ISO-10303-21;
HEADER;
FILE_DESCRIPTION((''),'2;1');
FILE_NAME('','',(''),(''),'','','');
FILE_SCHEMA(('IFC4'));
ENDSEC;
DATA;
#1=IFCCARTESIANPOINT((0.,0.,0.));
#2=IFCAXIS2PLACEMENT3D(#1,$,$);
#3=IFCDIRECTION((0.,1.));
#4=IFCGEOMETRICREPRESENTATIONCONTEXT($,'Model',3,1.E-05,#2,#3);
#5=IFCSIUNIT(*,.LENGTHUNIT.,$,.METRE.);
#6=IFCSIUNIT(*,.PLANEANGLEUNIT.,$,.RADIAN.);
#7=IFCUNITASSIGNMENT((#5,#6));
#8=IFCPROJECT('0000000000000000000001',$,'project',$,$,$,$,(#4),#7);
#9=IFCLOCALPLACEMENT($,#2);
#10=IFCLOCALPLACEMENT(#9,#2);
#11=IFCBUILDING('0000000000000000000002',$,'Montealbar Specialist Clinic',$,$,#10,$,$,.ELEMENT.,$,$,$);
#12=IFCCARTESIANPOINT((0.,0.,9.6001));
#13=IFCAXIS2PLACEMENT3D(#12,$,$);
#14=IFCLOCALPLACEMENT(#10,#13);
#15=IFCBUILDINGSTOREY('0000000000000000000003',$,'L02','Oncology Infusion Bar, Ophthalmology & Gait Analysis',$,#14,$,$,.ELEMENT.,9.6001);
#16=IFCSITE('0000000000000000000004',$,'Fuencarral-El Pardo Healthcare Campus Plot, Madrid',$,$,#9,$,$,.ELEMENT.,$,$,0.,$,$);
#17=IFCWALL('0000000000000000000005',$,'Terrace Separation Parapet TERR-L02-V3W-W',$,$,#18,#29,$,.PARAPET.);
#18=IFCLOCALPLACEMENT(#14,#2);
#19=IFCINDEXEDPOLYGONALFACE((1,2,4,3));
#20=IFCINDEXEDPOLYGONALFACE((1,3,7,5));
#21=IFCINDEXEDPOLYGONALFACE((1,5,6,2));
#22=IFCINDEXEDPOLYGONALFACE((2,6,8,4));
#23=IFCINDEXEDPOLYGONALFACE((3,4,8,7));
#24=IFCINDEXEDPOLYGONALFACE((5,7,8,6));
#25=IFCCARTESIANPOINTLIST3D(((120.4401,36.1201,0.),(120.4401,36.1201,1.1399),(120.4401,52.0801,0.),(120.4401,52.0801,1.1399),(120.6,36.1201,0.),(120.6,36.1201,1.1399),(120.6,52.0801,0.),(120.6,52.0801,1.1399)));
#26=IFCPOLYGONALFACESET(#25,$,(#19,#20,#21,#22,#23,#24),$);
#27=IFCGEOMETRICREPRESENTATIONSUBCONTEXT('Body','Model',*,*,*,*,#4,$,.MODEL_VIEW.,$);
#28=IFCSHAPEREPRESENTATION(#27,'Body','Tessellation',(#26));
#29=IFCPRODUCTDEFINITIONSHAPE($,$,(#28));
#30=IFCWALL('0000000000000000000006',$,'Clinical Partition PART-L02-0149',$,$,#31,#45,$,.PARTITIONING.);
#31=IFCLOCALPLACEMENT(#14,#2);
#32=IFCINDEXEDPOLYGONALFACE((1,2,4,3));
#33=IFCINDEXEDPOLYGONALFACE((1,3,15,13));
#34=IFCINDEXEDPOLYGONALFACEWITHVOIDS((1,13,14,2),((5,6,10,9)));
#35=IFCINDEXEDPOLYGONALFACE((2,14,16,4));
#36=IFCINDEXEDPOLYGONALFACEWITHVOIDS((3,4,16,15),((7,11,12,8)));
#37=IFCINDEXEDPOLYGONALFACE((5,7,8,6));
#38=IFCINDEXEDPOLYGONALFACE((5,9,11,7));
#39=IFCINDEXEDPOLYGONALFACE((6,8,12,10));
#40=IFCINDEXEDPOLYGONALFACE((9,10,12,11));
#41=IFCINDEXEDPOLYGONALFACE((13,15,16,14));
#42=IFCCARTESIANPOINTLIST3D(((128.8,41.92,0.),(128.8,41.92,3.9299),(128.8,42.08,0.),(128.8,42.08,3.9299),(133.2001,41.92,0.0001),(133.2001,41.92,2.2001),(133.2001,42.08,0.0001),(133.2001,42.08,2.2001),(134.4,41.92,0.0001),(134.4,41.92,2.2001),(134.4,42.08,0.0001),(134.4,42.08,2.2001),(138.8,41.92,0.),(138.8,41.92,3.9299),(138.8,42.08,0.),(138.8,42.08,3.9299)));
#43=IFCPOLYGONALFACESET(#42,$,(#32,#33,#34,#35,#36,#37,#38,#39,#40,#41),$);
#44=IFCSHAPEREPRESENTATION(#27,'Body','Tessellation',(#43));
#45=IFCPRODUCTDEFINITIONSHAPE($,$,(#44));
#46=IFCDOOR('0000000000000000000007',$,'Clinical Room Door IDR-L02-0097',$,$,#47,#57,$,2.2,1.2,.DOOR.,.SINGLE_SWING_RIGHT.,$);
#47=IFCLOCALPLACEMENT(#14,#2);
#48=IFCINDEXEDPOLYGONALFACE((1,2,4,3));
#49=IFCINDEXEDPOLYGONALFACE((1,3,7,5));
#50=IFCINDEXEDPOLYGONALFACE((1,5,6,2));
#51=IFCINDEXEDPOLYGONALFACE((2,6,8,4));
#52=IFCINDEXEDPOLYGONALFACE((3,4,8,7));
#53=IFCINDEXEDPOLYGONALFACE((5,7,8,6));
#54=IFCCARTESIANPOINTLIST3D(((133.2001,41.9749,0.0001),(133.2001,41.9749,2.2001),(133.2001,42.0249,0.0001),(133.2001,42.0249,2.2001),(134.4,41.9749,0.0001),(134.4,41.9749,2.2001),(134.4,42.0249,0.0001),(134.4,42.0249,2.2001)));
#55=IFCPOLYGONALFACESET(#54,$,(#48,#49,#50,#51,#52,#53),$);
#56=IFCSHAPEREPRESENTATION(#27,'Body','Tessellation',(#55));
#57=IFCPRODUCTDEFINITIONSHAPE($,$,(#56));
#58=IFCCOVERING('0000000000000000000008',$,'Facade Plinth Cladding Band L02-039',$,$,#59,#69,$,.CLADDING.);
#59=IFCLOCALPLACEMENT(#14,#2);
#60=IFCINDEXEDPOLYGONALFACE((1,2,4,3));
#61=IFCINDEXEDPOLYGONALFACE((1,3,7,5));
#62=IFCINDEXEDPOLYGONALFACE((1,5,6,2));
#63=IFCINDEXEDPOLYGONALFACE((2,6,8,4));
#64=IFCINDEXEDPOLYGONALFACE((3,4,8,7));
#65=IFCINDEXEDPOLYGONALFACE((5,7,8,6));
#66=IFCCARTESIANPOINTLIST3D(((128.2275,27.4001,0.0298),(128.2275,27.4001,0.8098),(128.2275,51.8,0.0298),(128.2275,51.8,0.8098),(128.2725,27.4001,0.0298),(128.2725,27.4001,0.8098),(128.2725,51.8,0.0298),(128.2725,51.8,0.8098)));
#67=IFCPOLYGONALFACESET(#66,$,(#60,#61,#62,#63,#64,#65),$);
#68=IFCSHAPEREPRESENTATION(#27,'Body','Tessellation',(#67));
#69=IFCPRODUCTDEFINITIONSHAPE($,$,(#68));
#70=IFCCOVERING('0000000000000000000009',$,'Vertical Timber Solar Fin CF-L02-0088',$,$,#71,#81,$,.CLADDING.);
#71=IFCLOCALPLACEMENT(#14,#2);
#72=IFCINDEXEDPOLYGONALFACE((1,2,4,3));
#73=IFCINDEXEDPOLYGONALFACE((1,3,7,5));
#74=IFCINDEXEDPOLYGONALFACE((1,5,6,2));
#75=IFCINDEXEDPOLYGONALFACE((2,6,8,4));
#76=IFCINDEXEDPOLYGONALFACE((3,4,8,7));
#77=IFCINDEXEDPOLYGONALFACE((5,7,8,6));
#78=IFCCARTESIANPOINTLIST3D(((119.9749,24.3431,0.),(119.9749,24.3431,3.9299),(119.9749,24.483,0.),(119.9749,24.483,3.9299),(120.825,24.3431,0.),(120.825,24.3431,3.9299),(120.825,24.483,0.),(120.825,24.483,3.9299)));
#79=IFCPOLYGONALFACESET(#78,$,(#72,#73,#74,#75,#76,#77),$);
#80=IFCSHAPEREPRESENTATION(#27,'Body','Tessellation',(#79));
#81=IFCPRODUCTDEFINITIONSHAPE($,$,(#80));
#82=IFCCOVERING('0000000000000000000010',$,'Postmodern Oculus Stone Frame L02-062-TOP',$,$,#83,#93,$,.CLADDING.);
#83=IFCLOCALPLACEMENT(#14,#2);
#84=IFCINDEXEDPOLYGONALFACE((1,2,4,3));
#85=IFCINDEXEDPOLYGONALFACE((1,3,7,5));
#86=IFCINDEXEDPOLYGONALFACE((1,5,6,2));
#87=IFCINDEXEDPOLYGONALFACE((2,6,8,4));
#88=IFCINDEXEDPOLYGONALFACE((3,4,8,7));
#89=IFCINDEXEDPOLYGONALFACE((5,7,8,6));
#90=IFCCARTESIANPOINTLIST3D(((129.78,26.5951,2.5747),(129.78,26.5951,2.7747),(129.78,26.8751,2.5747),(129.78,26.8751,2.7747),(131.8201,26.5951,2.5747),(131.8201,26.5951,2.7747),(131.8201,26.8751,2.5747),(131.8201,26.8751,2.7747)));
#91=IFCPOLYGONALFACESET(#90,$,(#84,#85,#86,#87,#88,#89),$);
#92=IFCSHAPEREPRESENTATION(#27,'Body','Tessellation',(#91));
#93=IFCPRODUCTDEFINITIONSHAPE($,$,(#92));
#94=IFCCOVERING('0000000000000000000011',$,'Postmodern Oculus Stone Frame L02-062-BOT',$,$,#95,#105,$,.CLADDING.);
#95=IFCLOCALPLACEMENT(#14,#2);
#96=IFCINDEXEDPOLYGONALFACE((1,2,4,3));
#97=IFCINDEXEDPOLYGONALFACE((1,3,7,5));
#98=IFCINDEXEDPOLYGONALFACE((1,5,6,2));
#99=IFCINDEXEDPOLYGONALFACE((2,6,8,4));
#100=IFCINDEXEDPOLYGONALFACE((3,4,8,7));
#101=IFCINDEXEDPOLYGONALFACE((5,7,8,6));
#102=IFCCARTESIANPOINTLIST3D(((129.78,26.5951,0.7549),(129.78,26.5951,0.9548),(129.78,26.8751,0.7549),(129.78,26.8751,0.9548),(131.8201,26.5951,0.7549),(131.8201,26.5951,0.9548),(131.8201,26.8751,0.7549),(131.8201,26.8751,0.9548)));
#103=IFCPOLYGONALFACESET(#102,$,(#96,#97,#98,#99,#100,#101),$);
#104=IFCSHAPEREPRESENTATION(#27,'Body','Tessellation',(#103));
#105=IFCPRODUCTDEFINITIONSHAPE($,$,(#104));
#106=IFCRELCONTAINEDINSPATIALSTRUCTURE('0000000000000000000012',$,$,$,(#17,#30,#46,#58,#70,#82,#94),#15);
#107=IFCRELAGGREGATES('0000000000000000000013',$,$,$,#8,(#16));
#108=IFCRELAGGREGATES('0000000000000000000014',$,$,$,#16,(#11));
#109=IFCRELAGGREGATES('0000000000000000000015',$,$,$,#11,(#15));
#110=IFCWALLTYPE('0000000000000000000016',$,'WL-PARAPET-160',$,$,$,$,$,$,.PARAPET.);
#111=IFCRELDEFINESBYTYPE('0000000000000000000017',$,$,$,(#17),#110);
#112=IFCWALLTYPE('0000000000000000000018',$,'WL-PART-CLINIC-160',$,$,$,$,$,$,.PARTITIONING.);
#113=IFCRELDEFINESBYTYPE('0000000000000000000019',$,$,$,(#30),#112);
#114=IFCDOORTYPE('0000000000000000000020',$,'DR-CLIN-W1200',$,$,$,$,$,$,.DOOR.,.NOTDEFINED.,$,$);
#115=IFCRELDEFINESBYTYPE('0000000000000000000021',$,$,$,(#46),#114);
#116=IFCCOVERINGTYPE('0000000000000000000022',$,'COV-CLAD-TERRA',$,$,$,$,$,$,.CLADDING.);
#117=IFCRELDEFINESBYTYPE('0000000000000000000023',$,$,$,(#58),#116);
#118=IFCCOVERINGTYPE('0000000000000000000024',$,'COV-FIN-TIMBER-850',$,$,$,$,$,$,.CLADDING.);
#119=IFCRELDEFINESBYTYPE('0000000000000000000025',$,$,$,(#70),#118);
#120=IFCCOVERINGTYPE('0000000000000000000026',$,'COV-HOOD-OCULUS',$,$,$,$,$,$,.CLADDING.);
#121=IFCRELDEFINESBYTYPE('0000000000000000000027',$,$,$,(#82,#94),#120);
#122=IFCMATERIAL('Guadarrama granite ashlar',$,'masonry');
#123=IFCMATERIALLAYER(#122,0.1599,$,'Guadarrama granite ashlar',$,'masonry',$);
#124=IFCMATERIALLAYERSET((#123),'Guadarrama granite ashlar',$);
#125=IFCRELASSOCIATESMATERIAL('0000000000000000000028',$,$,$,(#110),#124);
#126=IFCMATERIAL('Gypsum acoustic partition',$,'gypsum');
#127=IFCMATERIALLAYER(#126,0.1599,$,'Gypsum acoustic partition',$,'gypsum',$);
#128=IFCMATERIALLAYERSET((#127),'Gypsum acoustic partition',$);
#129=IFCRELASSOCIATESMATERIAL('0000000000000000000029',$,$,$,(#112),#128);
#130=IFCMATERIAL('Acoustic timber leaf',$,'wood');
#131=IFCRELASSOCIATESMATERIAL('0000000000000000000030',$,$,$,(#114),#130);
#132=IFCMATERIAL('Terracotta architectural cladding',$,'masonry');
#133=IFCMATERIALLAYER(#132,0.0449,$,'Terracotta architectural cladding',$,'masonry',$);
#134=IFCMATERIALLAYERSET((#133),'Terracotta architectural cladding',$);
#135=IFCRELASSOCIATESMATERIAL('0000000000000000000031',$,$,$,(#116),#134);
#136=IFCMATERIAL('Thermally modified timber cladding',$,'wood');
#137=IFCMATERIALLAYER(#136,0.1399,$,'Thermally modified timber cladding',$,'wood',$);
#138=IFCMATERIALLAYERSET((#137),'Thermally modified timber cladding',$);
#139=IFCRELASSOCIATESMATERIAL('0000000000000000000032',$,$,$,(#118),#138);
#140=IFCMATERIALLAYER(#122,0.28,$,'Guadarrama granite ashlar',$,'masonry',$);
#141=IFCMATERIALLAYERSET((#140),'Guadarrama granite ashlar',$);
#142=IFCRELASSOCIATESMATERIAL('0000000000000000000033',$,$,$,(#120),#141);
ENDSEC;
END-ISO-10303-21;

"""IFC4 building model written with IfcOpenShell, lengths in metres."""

from ifc_helpers import new_model, si_unit, direction, frame, frame_2d, origin, origin_2d, place, context, subcontext, project, spatial, rectangle, extrude, material, layer, layer_set, type_object, element, fill, save


model = new_model("IFC4")

# Units and contexts
model_context = context("Model", 3, precision=1e-05, world=origin(), true_north=direction((0.0, 1.0)))
body_context = subcontext(model_context, "Body", "Model", "MODEL_VIEW")
ifc_project = project(units=[si_unit("LENGTHUNIT", "METRE"), si_unit("PLANEANGLEUNIT", "RADIAN")], contexts=[model_context])

# Site, building, storey
site_placement = place(None, origin())
site = spatial("IfcSite", under=ifc_project, at=site_placement, Name="Fuencarral-El Pardo Healthcare Campus Plot, Madrid", CompositionType="ELEMENT", RefElevation=0.0)
building_placement = place(site_placement, origin())
building = spatial("IfcBuilding", under=site, at=building_placement, Name="Montealbar Specialist Clinic", CompositionType="ELEMENT")
storey_placement = place(building_placement, frame((0.0, 0.0, 9.6001)))
storey = spatial("IfcBuildingStorey", under=building, at=storey_placement, Name="L02", Description="Oncology Infusion Bar, Ophthalmology & Gait Analysis", CompositionType="ELEMENT", Elevation=9.6001)

# Shared definitions
ifc_material_1 = material(Name="Terracotta architectural cladding", Category="masonry")

# Wall
ifc_material_2 = material(Name="Guadarrama granite ashlar", Category="masonry")
ifc_layer_1 = layer(ifc_material_2, 0.1599, Name="Guadarrama granite ashlar", Category="masonry")
ifc_layer_set_1 = layer_set([ifc_layer_1], Name="Guadarrama granite ashlar")
wall_type_1 = type_object("IfcWallType", Name="WL-PARAPET-160", PredefinedType="PARAPET", material=ifc_layer_set_1)
wall_1_placement = place(storey_placement, frame((120.52, 36.1201, 0.0), z_axis=(0.0, 0.0, 1.0), x_axis=(0.0, 1.0, 0.0)))
element("IfcWall", 1, at=wall_1_placement, inside=storey, type_object=wall_type_1, Name="Terrace Separation Parapet TERR-L02-V3W-W", PredefinedType="PARAPET", context=body_context, shape_type="SweptSolid", body=[
    extrude(rectangle(XDim=15.96, YDim=0.1599, at=frame_2d((7.98, 0.0))), origin(), (0.0, 0.0, 1.0), 1.1399),
])

# Wall, opening, door
ifc_material_3 = material(Name="Gypsum acoustic partition", Category="gypsum")
ifc_layer_2 = layer(ifc_material_3, 0.1599, Name="Gypsum acoustic partition", Category="gypsum")
ifc_layer_set_2 = layer_set([ifc_layer_2], Name="Gypsum acoustic partition")
wall_type_2 = type_object("IfcWallType", Name="WL-PART-CLINIC-160", PredefinedType="PARTITIONING", material=ifc_layer_set_2)
wall_2_placement = place(storey_placement, frame((128.8, 42.0, 0.0), z_axis=(0.0, 0.0, 1.0), x_axis=(1.0, 0.0, 0.0)))
wall_2 = element("IfcWall", 2, at=wall_2_placement, inside=storey, type_object=wall_type_2, Name="Clinical Partition PART-L02-0149", PredefinedType="PARTITIONING", context=body_context, shape_type="SweptSolid", body=[
    extrude(rectangle(XDim=10.0, YDim=0.1599, at=frame_2d((5.0, 0.0))), origin(), (0.0, 0.0, 1.0), 3.9299),
])
opening_1_placement = place(wall_2_placement, frame((4.3999, 0.0, 0.0)))
opening_1 = element("IfcOpeningElement", 3, at=opening_1_placement, cuts=wall_2, PredefinedType="OPENING", context=body_context, shape_type="SweptSolid", body=[
    extrude(rectangle(XDim=1.2, YDim=2.2, at=frame_2d((0.6001, 1.1001))), frame((0.0, 0.0898, 0.0), z_axis=(0.0, -1.0, 0.0), x_axis=(1.0, 0.0, 0.0)), (0.0, 0.0, 1.0), 0.1799),
])
ifc_material_4 = material(Name="Acoustic timber leaf", Category="wood")
door_type_1 = type_object("IfcDoorType", Name="DR-CLIN-W1200", OperationType="NOTDEFINED", PredefinedType="DOOR", material=ifc_material_4)
door_1_placement = place(opening_1_placement, origin())
door_1 = element("IfcDoor", 4, at=door_1_placement, inside=storey, type_object=door_type_1, Name="Clinical Room Door IDR-L02-0097", OperationType="SINGLE_SWING_RIGHT", OverallHeight=2.2, OverallWidth=1.2, PredefinedType="DOOR", context=body_context, shape_type="SweptSolid", body=[
    extrude(rectangle(XDim=1.2, YDim=2.2, at=frame_2d((0.6001, 1.1001))), frame((0.0, 0.0249, 0.0), z_axis=(0.0, -1.0, 0.0), x_axis=(1.0, 0.0, 0.0)), (0.0, 0.0, 1.0), 0.05),
])
fill(opening_1, door_1)

# Coverings
ifc_layer_3 = layer(ifc_material_1, 0.0449, Name="Terracotta architectural cladding", Category="masonry")
ifc_layer_set_3 = layer_set([ifc_layer_3], Name="Terracotta architectural cladding")
covering_type_1 = type_object("IfcCoveringType", Name="COV-CLAD-TERRA", PredefinedType="CLADDING", material=ifc_layer_set_3)
covering_1_placement = place(storey_placement, frame((128.25, 39.6001, 0.0298), z_axis=(0.0, 0.0, 1.0), x_axis=(0.0, 1.0, 0.0)))
element("IfcCovering", 5, at=covering_1_placement, inside=storey, type_object=covering_type_1, Name="Facade Plinth Cladding Band L02-039", PredefinedType="CLADDING", context=body_context, shape_type="SweptSolid", body=[
    extrude(rectangle(XDim=24.3999, YDim=0.0449, at=origin_2d()), origin(), (0.0, 0.0, 1.0), 0.78),
])
ifc_material_5 = material(Name="Thermally modified timber cladding", Category="wood")
ifc_layer_4 = layer(ifc_material_5, 0.1399, Name="Thermally modified timber cladding", Category="wood")
ifc_layer_set_4 = layer_set([ifc_layer_4], Name="Thermally modified timber cladding")
covering_type_2 = type_object("IfcCoveringType", Name="COV-FIN-TIMBER-850", PredefinedType="CLADDING", material=ifc_layer_set_4)
covering_2_placement = place(storey_placement, frame((120.3999, 24.4131, 0.0), z_axis=(0.0, 0.0, 1.0), x_axis=(1.0, 0.0, 0.0)))
element("IfcCovering", 6, at=covering_2_placement, inside=storey, type_object=covering_type_2, Name="Vertical Timber Solar Fin CF-L02-0088", PredefinedType="CLADDING", context=body_context, shape_type="SweptSolid", body=[
    extrude(rectangle(XDim=0.8501, YDim=0.1399, at=origin_2d()), origin(), (0.0, 0.0, 1.0), 3.9299),
])
ifc_layer_5 = layer(ifc_material_2, 0.28, Name="Guadarrama granite ashlar", Category="masonry")
ifc_layer_set_5 = layer_set([ifc_layer_5], Name="Guadarrama granite ashlar")
covering_type_3 = type_object("IfcCoveringType", Name="COV-HOOD-OCULUS", PredefinedType="CLADDING", material=ifc_layer_set_5)
for number, where, z_axis, x_axis, name in (
    (7, (130.8, 26.7351, 2.5747), (0.0, 0.0, 1.0), (-1.0, 0.0, 0.0), "Postmodern Oculus Stone Frame L02-062-TOP"),
    (8, (130.8, 26.7351, 0.7549), (0.0, 0.0, 1.0), (-1.0, 0.0, 0.0), "Postmodern Oculus Stone Frame L02-062-BOT"),
):
    element("IfcCovering", number, at=place(storey_placement, frame(where, z_axis=z_axis, x_axis=x_axis)), inside=storey, type_object=covering_type_3, Name=name, PredefinedType="CLADDING", context=body_context, shape_type="SweptSolid", body=[
        extrude(rectangle(XDim=2.04, YDim=0.28, at=origin_2d()), origin(), (0.0, 0.0, 1.0), 0.2),
    ])

save(model, "model.ifc")
